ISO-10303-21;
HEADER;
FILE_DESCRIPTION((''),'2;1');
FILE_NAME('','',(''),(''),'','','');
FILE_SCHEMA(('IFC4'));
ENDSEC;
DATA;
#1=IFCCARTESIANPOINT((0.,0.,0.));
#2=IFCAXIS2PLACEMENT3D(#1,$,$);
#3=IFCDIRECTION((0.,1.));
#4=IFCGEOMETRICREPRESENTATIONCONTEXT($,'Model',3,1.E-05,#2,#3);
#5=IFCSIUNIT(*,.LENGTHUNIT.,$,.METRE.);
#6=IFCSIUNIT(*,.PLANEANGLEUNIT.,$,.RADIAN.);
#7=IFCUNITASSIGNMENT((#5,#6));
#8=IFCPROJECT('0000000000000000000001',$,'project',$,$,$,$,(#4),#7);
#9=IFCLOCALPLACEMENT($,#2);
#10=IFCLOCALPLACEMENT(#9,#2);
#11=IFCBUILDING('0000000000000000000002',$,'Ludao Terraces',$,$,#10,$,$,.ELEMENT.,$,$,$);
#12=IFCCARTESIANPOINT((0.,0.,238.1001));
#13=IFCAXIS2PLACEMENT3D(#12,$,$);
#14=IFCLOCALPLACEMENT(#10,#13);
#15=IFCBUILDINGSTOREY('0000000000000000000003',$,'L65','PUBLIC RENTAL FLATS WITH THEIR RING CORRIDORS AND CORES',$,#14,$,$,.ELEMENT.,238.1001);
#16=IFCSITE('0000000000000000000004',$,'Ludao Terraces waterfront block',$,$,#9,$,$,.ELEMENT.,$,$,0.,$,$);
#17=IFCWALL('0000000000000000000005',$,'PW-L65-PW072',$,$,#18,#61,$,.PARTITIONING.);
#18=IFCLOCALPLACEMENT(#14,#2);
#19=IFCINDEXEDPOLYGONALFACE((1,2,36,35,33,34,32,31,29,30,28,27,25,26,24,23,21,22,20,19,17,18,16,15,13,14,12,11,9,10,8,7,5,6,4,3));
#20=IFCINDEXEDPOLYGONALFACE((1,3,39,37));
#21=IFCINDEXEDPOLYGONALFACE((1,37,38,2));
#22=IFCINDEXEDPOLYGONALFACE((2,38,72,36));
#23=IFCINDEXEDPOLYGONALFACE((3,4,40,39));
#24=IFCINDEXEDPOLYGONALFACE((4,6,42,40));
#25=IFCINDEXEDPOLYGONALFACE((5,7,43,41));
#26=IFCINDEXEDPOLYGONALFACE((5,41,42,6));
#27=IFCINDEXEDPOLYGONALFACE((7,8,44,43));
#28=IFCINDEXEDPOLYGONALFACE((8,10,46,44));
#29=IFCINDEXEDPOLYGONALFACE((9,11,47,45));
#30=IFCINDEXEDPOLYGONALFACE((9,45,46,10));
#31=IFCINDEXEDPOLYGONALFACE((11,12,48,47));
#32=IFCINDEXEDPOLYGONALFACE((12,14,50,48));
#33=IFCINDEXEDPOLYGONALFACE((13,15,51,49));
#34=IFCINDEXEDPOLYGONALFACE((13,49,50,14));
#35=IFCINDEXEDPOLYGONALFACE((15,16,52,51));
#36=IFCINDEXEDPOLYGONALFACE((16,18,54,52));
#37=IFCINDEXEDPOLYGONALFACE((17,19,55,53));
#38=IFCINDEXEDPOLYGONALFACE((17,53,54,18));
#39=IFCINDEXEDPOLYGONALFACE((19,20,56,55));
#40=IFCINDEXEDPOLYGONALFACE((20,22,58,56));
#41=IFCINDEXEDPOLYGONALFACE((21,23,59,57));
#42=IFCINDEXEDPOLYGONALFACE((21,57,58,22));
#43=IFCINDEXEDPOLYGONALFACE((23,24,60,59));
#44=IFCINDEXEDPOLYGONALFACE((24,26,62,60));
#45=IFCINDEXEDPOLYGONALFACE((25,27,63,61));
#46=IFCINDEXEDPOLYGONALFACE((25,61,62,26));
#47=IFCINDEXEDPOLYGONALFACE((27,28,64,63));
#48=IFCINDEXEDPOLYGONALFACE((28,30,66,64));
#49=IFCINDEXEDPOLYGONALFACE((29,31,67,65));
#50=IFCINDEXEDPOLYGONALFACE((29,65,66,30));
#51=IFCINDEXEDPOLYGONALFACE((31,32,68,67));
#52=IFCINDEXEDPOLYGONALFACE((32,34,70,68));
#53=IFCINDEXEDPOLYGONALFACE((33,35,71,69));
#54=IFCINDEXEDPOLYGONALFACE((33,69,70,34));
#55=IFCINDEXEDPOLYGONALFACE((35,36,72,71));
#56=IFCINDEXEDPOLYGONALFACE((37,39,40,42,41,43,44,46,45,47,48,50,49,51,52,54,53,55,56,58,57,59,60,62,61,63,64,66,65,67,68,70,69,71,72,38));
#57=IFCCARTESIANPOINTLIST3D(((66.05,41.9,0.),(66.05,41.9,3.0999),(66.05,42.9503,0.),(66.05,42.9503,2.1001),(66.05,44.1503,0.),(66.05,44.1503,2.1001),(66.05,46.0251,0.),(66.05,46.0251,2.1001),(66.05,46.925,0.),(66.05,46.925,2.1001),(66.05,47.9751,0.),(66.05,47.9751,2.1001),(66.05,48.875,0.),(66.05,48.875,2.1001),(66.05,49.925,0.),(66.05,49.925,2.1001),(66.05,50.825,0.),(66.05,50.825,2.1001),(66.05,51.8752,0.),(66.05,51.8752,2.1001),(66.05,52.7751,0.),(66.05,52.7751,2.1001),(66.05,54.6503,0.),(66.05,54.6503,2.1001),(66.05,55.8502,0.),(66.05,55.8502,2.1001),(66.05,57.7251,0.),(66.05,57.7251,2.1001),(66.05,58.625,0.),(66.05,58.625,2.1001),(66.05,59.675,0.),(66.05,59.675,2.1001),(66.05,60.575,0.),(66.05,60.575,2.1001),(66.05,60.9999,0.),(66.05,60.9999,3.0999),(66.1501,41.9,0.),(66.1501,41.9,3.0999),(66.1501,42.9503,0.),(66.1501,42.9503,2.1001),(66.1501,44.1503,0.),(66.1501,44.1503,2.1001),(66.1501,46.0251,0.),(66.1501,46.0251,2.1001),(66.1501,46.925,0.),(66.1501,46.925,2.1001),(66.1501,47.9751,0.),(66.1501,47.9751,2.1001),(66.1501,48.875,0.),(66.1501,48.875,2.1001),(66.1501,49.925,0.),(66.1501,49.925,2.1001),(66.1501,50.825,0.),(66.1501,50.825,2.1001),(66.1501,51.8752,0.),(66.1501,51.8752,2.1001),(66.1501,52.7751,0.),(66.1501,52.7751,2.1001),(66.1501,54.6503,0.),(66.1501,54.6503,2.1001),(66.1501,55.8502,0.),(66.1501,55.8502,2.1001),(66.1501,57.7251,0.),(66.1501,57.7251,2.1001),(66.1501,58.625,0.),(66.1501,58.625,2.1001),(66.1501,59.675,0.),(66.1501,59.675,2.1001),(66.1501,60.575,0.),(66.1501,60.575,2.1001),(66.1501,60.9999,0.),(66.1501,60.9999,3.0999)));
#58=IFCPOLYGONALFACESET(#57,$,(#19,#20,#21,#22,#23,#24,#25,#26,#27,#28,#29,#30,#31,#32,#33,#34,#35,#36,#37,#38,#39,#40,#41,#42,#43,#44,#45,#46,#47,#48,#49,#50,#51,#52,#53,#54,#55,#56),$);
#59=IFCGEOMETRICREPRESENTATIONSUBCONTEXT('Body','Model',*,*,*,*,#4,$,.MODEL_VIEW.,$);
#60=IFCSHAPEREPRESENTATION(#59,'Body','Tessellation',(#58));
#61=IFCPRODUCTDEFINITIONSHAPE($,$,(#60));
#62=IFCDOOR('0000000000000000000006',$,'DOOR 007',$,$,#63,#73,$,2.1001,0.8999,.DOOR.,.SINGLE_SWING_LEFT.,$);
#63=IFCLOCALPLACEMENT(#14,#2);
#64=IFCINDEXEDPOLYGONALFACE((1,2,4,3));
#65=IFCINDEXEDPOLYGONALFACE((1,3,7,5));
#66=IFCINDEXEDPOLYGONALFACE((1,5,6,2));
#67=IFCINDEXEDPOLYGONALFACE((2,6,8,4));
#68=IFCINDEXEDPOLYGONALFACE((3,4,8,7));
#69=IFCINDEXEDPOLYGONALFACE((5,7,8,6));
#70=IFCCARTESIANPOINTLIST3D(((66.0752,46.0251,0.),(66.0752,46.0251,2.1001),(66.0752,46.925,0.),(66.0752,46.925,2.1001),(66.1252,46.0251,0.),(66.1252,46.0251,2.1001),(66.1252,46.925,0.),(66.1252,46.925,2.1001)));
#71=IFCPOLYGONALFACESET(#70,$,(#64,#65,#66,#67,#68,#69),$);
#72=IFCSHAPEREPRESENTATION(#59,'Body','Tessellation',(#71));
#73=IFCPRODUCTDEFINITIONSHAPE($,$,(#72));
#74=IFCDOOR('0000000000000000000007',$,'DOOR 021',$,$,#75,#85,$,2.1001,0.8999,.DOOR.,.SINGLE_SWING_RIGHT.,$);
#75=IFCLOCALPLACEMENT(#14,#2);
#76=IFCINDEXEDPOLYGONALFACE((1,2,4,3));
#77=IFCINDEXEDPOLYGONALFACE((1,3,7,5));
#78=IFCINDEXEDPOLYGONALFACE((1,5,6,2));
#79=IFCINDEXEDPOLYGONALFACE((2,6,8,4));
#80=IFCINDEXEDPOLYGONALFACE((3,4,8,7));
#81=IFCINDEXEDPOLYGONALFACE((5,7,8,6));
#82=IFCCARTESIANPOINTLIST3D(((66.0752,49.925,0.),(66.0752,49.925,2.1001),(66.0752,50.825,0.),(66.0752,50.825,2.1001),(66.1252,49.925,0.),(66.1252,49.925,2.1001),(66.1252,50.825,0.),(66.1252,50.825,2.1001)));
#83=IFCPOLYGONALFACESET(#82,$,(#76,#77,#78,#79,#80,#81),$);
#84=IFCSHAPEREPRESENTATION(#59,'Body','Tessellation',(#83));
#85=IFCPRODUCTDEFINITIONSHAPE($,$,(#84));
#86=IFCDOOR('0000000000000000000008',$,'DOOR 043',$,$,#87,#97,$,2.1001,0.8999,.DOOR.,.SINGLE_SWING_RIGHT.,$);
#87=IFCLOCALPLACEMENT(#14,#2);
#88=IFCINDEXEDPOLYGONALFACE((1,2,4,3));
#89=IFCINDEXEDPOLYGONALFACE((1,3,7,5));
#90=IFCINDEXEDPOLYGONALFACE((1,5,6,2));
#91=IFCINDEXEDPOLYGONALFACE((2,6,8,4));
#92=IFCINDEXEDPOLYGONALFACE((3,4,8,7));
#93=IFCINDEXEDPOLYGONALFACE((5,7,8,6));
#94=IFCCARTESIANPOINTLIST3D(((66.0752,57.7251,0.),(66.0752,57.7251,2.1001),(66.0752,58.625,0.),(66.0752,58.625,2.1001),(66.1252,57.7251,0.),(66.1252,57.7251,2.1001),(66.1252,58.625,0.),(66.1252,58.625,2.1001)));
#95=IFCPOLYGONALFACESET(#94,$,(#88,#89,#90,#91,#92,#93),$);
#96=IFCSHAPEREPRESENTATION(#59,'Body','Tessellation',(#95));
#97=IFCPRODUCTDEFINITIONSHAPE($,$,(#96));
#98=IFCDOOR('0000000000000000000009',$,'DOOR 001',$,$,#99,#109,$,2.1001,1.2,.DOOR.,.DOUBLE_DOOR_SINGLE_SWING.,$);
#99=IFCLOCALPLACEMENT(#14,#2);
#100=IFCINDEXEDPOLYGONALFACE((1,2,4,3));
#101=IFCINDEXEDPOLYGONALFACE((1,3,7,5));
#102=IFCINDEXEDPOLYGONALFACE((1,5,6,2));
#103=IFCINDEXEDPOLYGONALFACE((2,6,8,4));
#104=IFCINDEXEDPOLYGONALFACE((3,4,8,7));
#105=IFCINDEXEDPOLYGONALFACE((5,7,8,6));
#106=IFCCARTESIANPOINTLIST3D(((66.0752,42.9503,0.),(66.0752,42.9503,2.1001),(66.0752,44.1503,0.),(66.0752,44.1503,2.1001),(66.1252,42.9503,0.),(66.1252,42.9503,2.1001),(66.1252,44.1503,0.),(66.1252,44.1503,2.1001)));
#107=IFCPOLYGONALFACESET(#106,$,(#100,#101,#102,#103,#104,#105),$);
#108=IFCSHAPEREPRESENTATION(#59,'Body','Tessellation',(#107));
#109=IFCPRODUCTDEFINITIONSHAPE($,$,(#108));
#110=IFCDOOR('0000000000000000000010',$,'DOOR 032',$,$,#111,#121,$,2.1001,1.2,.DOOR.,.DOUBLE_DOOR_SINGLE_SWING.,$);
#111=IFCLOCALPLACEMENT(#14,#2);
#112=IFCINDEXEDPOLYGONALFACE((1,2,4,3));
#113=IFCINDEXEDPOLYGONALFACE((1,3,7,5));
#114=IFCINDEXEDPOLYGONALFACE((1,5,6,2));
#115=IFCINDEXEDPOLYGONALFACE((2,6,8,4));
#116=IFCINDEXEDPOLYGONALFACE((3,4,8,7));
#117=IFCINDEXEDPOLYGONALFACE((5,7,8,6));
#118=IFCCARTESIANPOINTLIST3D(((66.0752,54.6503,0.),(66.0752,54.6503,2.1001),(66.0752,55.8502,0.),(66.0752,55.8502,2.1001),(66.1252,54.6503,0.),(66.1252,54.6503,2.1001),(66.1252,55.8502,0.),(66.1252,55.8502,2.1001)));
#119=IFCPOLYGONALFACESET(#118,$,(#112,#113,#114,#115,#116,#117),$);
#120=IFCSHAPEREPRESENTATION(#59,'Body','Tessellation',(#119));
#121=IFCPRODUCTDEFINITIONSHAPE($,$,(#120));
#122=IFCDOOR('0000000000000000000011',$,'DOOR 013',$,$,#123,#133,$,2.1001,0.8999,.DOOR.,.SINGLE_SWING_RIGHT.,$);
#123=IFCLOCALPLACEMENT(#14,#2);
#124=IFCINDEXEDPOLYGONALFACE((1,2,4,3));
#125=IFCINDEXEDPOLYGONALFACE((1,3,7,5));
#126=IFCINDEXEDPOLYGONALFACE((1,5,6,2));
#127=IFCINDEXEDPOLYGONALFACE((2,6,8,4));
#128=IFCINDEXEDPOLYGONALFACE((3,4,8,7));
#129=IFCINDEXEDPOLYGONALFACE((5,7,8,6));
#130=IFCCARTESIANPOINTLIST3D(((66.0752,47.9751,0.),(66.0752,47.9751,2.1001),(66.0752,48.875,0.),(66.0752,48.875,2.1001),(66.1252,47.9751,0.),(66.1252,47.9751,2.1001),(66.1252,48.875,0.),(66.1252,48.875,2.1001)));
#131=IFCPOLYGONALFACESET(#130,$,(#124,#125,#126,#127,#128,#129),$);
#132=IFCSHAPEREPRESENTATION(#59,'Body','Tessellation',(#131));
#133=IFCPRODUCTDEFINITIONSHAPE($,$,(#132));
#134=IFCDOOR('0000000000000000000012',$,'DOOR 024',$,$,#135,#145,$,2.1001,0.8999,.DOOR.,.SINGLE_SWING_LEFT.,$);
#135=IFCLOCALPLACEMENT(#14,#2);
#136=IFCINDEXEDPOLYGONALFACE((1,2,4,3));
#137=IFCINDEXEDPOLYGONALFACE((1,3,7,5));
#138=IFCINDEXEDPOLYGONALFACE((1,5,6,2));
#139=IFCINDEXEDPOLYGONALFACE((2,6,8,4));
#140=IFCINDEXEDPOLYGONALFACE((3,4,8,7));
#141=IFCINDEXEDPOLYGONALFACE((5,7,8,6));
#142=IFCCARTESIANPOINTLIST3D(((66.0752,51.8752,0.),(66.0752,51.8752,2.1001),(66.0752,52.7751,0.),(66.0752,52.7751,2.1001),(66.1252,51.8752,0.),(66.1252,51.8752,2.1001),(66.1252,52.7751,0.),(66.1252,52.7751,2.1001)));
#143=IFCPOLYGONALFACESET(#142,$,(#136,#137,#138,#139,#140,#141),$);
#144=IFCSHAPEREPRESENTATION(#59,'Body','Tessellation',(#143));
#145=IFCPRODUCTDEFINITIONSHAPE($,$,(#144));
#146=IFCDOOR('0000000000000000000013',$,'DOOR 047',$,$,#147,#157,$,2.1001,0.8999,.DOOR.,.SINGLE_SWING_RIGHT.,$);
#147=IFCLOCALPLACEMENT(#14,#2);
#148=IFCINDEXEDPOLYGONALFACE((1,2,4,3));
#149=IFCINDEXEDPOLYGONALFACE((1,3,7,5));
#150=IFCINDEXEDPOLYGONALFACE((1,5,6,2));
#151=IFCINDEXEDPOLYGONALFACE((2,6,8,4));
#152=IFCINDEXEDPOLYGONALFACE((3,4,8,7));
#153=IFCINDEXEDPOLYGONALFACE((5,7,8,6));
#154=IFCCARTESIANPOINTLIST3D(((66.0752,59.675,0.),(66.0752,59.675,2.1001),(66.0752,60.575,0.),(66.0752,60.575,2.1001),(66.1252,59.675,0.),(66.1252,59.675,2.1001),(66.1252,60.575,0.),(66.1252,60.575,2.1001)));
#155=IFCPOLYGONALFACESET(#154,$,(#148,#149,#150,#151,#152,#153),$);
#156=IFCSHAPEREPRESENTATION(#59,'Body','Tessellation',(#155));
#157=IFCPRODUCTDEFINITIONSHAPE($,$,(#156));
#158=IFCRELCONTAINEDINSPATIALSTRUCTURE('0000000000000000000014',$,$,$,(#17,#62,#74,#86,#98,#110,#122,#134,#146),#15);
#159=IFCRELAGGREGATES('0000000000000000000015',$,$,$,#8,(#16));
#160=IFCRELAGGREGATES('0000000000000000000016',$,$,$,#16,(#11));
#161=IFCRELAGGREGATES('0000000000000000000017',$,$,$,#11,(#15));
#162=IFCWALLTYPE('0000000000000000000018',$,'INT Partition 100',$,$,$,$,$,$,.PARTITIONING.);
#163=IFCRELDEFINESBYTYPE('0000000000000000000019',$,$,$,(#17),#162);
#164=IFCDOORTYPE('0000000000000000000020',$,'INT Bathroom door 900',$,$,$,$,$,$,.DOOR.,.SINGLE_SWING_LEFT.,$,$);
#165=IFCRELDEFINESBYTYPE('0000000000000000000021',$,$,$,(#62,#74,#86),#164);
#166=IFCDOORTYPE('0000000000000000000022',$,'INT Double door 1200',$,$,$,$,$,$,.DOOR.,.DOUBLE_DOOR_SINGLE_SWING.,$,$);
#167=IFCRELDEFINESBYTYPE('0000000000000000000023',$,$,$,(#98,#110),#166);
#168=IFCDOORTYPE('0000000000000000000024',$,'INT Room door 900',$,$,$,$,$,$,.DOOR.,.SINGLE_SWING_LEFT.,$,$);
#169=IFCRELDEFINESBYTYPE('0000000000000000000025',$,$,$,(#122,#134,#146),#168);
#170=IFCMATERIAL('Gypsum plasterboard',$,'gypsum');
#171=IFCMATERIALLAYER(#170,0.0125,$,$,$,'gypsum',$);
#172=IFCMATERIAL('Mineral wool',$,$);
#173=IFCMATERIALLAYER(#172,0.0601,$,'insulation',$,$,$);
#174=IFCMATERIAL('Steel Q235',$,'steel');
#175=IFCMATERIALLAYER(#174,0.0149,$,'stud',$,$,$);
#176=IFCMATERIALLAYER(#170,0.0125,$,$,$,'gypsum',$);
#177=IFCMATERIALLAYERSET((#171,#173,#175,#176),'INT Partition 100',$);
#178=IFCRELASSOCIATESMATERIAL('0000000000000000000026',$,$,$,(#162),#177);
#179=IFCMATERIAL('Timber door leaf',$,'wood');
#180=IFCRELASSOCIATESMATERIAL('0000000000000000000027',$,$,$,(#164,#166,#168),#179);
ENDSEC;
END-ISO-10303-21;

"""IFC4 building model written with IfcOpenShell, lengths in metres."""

from ifc_helpers import new_model, si_unit, direction, frame, frame_2d, origin, place, context, subcontext, project, spatial, rectangle, extrude, material, layer, layer_set, type_object, element, fill, save


model = new_model("IFC4")

# Units and contexts
model_context = context("Model", 3, precision=1e-05, world=origin(), true_north=direction((0.0, 1.0)))
body_context = subcontext(model_context, "Body", "Model", "MODEL_VIEW")
ifc_project = project(units=[si_unit("LENGTHUNIT", "METRE"), si_unit("PLANEANGLEUNIT", "RADIAN")], contexts=[model_context])

# Site, building, storey
site_placement = place(None, origin())
site = spatial("IfcSite", under=ifc_project, at=site_placement, Name="Ludao Terraces waterfront block", CompositionType="ELEMENT", RefElevation=0.0)
building_placement = place(site_placement, origin())
building = spatial("IfcBuilding", under=site, at=building_placement, Name="Ludao Terraces", CompositionType="ELEMENT")
storey_placement = place(building_placement, frame((0.0, 0.0, 238.1001)))
storey = spatial("IfcBuildingStorey", under=building, at=storey_placement, Name="L65", Description="PUBLIC RENTAL FLATS WITH THEIR RING CORRIDORS AND CORES", CompositionType="ELEMENT", Elevation=238.1001)

# Shared definitions
ifc_material_1 = material(Name="Mineral wool")

# Shared definitions
ifc_material_2 = material(Name="Gypsum plasterboard", Category="gypsum")
ifc_layer_1 = layer(ifc_material_2, 0.0125, Category="gypsum")
ifc_layer_2 = layer(ifc_material_1, 0.0601, Name="insulation")
ifc_material_3 = material(Name="Steel Q235", Category="steel")
ifc_layer_3 = layer(ifc_material_3, 0.0149, Name="stud")
ifc_layer_4 = layer(ifc_material_2, 0.0125, Category="gypsum")
ifc_layer_set_1 = layer_set([ifc_layer_1, ifc_layer_2, ifc_layer_3, ifc_layer_4], Name="INT Partition 100")
wall_type_1 = type_object("IfcWallType", Name="INT Partition 100", PredefinedType="PARTITIONING", material=ifc_layer_set_1)

# Wall, openings, doors
wall_1_placement = place(storey_placement, frame((66.1001, 41.9001, 0.0), z_axis=(0.0, 0.0, 1.0), x_axis=(0.0, 1.0, 0.0)))
wall_1 = element("IfcWall", 1, at=wall_1_placement, inside=storey, type_object=wall_type_1, Name="PW-L65-PW072", PredefinedType="PARTITIONING", context=body_context, shape_type="SweptSolid", body=[
    extrude(rectangle(XDim=19.0999, YDim=0.1001, at=frame_2d((9.5498, 0.0))), origin(), (0.0, 0.0, 1.0), 3.0999),
])
opening_1_placement = place(wall_1_placement, frame((1.05, 0.0, 0.0)))
opening_1 = element("IfcOpeningElement", 2, at=opening_1_placement, cuts=wall_1, PredefinedType="OPENING", context=body_context, shape_type="SweptSolid", body=[
    extrude(rectangle(XDim=1.2, YDim=2.1001, at=frame_2d((0.6001, 1.05))), frame((0.0, 0.0601, 0.0), z_axis=(0.0, -1.0, 0.0), x_axis=(1.0, 0.0, 0.0)), (0.0, 0.0, 1.0), 0.1201),
])
opening_2_placement = place(wall_1_placement, frame((4.125, 0.0, 0.0)))
opening_2 = element("IfcOpeningElement", 3, at=opening_2_placement, cuts=wall_1, PredefinedType="OPENING", context=body_context, shape_type="SweptSolid", body=[
    extrude(rectangle(XDim=0.8999, YDim=2.1001, at=frame_2d((0.45, 1.05))), frame((0.0, 0.0601, 0.0), z_axis=(0.0, -1.0, 0.0), x_axis=(1.0, 0.0, 0.0)), (0.0, 0.0, 1.0), 0.1201),
])
opening_3_placement = place(wall_1_placement, frame((6.075, 0.0, 0.0)))
opening_3 = element("IfcOpeningElement", 4, at=opening_3_placement, cuts=wall_1, PredefinedType="OPENING", context=body_context, shape_type="SweptSolid", body=[
    extrude(rectangle(XDim=0.8999, YDim=2.1001, at=frame_2d((0.45, 1.05))), frame((0.0, 0.0601, 0.0), z_axis=(0.0, -1.0, 0.0), x_axis=(1.0, 0.0, 0.0)), (0.0, 0.0, 1.0), 0.1201),
])
opening_4_placement = place(wall_1_placement, frame((8.0249, 0.0, 0.0)))
opening_4 = element("IfcOpeningElement", 5, at=opening_4_placement, cuts=wall_1, PredefinedType="OPENING", context=body_context, shape_type="SweptSolid", body=[
    extrude(rectangle(XDim=0.8999, YDim=2.1001, at=frame_2d((0.45, 1.05))), frame((0.0, 0.0601, 0.0), z_axis=(0.0, -1.0, 0.0), x_axis=(1.0, 0.0, 0.0)), (0.0, 0.0, 1.0), 0.1201),
])
opening_5_placement = place(wall_1_placement, frame((9.9751, 0.0, 0.0)))
opening_5 = element("IfcOpeningElement", 6, at=opening_5_placement, cuts=wall_1, PredefinedType="OPENING", context=body_context, shape_type="SweptSolid", body=[
    extrude(rectangle(XDim=0.8999, YDim=2.1001, at=frame_2d((0.45, 1.05))), frame((0.0, 0.0601, 0.0), z_axis=(0.0, -1.0, 0.0), x_axis=(1.0, 0.0, 0.0)), (0.0, 0.0, 1.0), 0.1201),
])
opening_6_placement = place(wall_1_placement, frame((12.75, 0.0, 0.0)))
opening_6 = element("IfcOpeningElement", 7, at=opening_6_placement, cuts=wall_1, PredefinedType="OPENING", context=body_context, shape_type="SweptSolid", body=[
    extrude(rectangle(XDim=1.2, YDim=2.1001, at=frame_2d((0.6001, 1.05))), frame((0.0, 0.0601, 0.0), z_axis=(0.0, -1.0, 0.0), x_axis=(1.0, 0.0, 0.0)), (0.0, 0.0, 1.0), 0.1201),
])
opening_7_placement = place(wall_1_placement, frame((15.825, 0.0, 0.0)))
opening_7 = element("IfcOpeningElement", 8, at=opening_7_placement, cuts=wall_1, PredefinedType="OPENING", context=body_context, shape_type="SweptSolid", body=[
    extrude(rectangle(XDim=0.8999, YDim=2.1001, at=frame_2d((0.45, 1.05))), frame((0.0, 0.0601, 0.0), z_axis=(0.0, -1.0, 0.0), x_axis=(1.0, 0.0, 0.0)), (0.0, 0.0, 1.0), 0.1201),
])
opening_8_placement = place(wall_1_placement, frame((17.7749, 0.0, 0.0)))
opening_8 = element("IfcOpeningElement", 9, at=opening_8_placement, cuts=wall_1, PredefinedType="OPENING", context=body_context, shape_type="SweptSolid", body=[
    extrude(rectangle(XDim=0.8999, YDim=2.1001, at=frame_2d((0.45, 1.05))), frame((0.0, 0.0601, 0.0), z_axis=(0.0, -1.0, 0.0), x_axis=(1.0, 0.0, 0.0)), (0.0, 0.0, 1.0), 0.1201),
])
ifc_material_4 = material(Name="Timber door leaf", Category="wood")
door_type_1 = type_object("IfcDoorType", Name="INT Bathroom door 900", OperationType="SINGLE_SWING_LEFT", PredefinedType="DOOR", material=ifc_material_4)
door_1_placement = place(opening_2_placement, origin())
door_1 = element("IfcDoor", 10, at=door_1_placement, inside=storey, type_object=door_type_1, Name="DOOR 007", OperationType="SINGLE_SWING_LEFT", OverallHeight=2.1001, OverallWidth=0.8999, PredefinedType="DOOR", context=body_context, shape_type="SweptSolid", body=[
    extrude(rectangle(XDim=0.8999, YDim=2.1001, at=frame_2d((0.45, 1.05))), frame((0.0, 0.0249, 0.0), z_axis=(0.0, -1.0, 0.0), x_axis=(1.0, 0.0, 0.0)), (0.0, 0.0, 1.0), 0.05),
])
fill(opening_2, door_1)
door_2_placement = place(opening_4_placement, origin())
door_2 = element("IfcDoor", 11, at=door_2_placement, inside=storey, type_object=door_type_1, Name="DOOR 021", OperationType="SINGLE_SWING_RIGHT", OverallHeight=2.1001, OverallWidth=0.8999, PredefinedType="DOOR", context=body_context, shape_type="SweptSolid", body=[
    extrude(rectangle(XDim=0.8999, YDim=2.1001, at=frame_2d((0.45, 1.05))), frame((0.0, 0.0249, 0.0), z_axis=(0.0, -1.0, 0.0), x_axis=(1.0, 0.0, 0.0)), (0.0, 0.0, 1.0), 0.05),
])
fill(opening_4, door_2)
door_3_placement = place(opening_7_placement, origin())
door_3 = element("IfcDoor", 12, at=door_3_placement, inside=storey, type_object=door_type_1, Name="DOOR 043", OperationType="SINGLE_SWING_RIGHT", OverallHeight=2.1001, OverallWidth=0.8999, PredefinedType="DOOR", context=body_context, shape_type="SweptSolid", body=[
    extrude(rectangle(XDim=0.8999, YDim=2.1001, at=frame_2d((0.45, 1.05))), frame((0.0, 0.0249, 0.0), z_axis=(0.0, -1.0, 0.0), x_axis=(1.0, 0.0, 0.0)), (0.0, 0.0, 1.0), 0.05),
])
fill(opening_7, door_3)
door_type_2 = type_object("IfcDoorType", Name="INT Double door 1200", OperationType="DOUBLE_DOOR_SINGLE_SWING", PredefinedType="DOOR", material=ifc_material_4)
door_4_placement = place(opening_1_placement, origin())
door_4 = element("IfcDoor", 13, at=door_4_placement, inside=storey, type_object=door_type_2, Name="DOOR 001", OperationType="DOUBLE_DOOR_SINGLE_SWING", OverallHeight=2.1001, OverallWidth=1.2, PredefinedType="DOOR", context=body_context, shape_type="SweptSolid", body=[
    extrude(rectangle(XDim=1.2, YDim=2.1001, at=frame_2d((0.6001, 1.05))), frame((0.0, 0.0249, 0.0), z_axis=(0.0, -1.0, 0.0), x_axis=(1.0, 0.0, 0.0)), (0.0, 0.0, 1.0), 0.05),
])
fill(opening_1, door_4)
door_5_placement = place(opening_6_placement, origin())
door_5 = element("IfcDoor", 14, at=door_5_placement, inside=storey, type_object=door_type_2, Name="DOOR 032", OperationType="DOUBLE_DOOR_SINGLE_SWING", OverallHeight=2.1001, OverallWidth=1.2, PredefinedType="DOOR", context=body_context, shape_type="SweptSolid", body=[
    extrude(rectangle(XDim=1.2, YDim=2.1001, at=frame_2d((0.6001, 1.05))), frame((0.0, 0.0249, 0.0), z_axis=(0.0, -1.0, 0.0), x_axis=(1.0, 0.0, 0.0)), (0.0, 0.0, 1.0), 0.05),
])
fill(opening_6, door_5)
door_type_3 = type_object("IfcDoorType", Name="INT Room door 900", OperationType="SINGLE_SWING_LEFT", PredefinedType="DOOR", material=ifc_material_4)
door_6_placement = place(opening_3_placement, origin())
door_6 = element("IfcDoor", 15, at=door_6_placement, inside=storey, type_object=door_type_3, Name="DOOR 013", OperationType="SINGLE_SWING_RIGHT", OverallHeight=2.1001, OverallWidth=0.8999, PredefinedType="DOOR", context=body_context, shape_type="SweptSolid", body=[
    extrude(rectangle(XDim=0.8999, YDim=2.1001, at=frame_2d((0.45, 1.05))), frame((0.0, 0.0249, 0.0), z_axis=(0.0, -1.0, 0.0), x_axis=(1.0, 0.0, 0.0)), (0.0, 0.0, 1.0), 0.05),
])
fill(opening_3, door_6)
door_7_placement = place(opening_5_placement, origin())
door_7 = element("IfcDoor", 16, at=door_7_placement, inside=storey, type_object=door_type_3, Name="DOOR 024", OperationType="SINGLE_SWING_LEFT", OverallHeight=2.1001, OverallWidth=0.8999, PredefinedType="DOOR", context=body_context, shape_type="SweptSolid", body=[
    extrude(rectangle(XDim=0.8999, YDim=2.1001, at=frame_2d((0.45, 1.05))), frame((0.0, 0.0249, 0.0), z_axis=(0.0, -1.0, 0.0), x_axis=(1.0, 0.0, 0.0)), (0.0, 0.0, 1.0), 0.05),
])
fill(opening_5, door_7)
door_8_placement = place(opening_8_placement, origin())
door_8 = element("IfcDoor", 17, at=door_8_placement, inside=storey, type_object=door_type_3, Name="DOOR 047", OperationType="SINGLE_SWING_RIGHT", OverallHeight=2.1001, OverallWidth=0.8999, PredefinedType="DOOR", context=body_context, shape_type="SweptSolid", body=[
    extrude(rectangle(XDim=0.8999, YDim=2.1001, at=frame_2d((0.45, 1.05))), frame((0.0, 0.0249, 0.0), z_axis=(0.0, -1.0, 0.0), x_axis=(1.0, 0.0, 0.0)), (0.0, 0.0, 1.0), 0.05),
])
fill(opening_8, door_8)

save(model, "model.ifc")
